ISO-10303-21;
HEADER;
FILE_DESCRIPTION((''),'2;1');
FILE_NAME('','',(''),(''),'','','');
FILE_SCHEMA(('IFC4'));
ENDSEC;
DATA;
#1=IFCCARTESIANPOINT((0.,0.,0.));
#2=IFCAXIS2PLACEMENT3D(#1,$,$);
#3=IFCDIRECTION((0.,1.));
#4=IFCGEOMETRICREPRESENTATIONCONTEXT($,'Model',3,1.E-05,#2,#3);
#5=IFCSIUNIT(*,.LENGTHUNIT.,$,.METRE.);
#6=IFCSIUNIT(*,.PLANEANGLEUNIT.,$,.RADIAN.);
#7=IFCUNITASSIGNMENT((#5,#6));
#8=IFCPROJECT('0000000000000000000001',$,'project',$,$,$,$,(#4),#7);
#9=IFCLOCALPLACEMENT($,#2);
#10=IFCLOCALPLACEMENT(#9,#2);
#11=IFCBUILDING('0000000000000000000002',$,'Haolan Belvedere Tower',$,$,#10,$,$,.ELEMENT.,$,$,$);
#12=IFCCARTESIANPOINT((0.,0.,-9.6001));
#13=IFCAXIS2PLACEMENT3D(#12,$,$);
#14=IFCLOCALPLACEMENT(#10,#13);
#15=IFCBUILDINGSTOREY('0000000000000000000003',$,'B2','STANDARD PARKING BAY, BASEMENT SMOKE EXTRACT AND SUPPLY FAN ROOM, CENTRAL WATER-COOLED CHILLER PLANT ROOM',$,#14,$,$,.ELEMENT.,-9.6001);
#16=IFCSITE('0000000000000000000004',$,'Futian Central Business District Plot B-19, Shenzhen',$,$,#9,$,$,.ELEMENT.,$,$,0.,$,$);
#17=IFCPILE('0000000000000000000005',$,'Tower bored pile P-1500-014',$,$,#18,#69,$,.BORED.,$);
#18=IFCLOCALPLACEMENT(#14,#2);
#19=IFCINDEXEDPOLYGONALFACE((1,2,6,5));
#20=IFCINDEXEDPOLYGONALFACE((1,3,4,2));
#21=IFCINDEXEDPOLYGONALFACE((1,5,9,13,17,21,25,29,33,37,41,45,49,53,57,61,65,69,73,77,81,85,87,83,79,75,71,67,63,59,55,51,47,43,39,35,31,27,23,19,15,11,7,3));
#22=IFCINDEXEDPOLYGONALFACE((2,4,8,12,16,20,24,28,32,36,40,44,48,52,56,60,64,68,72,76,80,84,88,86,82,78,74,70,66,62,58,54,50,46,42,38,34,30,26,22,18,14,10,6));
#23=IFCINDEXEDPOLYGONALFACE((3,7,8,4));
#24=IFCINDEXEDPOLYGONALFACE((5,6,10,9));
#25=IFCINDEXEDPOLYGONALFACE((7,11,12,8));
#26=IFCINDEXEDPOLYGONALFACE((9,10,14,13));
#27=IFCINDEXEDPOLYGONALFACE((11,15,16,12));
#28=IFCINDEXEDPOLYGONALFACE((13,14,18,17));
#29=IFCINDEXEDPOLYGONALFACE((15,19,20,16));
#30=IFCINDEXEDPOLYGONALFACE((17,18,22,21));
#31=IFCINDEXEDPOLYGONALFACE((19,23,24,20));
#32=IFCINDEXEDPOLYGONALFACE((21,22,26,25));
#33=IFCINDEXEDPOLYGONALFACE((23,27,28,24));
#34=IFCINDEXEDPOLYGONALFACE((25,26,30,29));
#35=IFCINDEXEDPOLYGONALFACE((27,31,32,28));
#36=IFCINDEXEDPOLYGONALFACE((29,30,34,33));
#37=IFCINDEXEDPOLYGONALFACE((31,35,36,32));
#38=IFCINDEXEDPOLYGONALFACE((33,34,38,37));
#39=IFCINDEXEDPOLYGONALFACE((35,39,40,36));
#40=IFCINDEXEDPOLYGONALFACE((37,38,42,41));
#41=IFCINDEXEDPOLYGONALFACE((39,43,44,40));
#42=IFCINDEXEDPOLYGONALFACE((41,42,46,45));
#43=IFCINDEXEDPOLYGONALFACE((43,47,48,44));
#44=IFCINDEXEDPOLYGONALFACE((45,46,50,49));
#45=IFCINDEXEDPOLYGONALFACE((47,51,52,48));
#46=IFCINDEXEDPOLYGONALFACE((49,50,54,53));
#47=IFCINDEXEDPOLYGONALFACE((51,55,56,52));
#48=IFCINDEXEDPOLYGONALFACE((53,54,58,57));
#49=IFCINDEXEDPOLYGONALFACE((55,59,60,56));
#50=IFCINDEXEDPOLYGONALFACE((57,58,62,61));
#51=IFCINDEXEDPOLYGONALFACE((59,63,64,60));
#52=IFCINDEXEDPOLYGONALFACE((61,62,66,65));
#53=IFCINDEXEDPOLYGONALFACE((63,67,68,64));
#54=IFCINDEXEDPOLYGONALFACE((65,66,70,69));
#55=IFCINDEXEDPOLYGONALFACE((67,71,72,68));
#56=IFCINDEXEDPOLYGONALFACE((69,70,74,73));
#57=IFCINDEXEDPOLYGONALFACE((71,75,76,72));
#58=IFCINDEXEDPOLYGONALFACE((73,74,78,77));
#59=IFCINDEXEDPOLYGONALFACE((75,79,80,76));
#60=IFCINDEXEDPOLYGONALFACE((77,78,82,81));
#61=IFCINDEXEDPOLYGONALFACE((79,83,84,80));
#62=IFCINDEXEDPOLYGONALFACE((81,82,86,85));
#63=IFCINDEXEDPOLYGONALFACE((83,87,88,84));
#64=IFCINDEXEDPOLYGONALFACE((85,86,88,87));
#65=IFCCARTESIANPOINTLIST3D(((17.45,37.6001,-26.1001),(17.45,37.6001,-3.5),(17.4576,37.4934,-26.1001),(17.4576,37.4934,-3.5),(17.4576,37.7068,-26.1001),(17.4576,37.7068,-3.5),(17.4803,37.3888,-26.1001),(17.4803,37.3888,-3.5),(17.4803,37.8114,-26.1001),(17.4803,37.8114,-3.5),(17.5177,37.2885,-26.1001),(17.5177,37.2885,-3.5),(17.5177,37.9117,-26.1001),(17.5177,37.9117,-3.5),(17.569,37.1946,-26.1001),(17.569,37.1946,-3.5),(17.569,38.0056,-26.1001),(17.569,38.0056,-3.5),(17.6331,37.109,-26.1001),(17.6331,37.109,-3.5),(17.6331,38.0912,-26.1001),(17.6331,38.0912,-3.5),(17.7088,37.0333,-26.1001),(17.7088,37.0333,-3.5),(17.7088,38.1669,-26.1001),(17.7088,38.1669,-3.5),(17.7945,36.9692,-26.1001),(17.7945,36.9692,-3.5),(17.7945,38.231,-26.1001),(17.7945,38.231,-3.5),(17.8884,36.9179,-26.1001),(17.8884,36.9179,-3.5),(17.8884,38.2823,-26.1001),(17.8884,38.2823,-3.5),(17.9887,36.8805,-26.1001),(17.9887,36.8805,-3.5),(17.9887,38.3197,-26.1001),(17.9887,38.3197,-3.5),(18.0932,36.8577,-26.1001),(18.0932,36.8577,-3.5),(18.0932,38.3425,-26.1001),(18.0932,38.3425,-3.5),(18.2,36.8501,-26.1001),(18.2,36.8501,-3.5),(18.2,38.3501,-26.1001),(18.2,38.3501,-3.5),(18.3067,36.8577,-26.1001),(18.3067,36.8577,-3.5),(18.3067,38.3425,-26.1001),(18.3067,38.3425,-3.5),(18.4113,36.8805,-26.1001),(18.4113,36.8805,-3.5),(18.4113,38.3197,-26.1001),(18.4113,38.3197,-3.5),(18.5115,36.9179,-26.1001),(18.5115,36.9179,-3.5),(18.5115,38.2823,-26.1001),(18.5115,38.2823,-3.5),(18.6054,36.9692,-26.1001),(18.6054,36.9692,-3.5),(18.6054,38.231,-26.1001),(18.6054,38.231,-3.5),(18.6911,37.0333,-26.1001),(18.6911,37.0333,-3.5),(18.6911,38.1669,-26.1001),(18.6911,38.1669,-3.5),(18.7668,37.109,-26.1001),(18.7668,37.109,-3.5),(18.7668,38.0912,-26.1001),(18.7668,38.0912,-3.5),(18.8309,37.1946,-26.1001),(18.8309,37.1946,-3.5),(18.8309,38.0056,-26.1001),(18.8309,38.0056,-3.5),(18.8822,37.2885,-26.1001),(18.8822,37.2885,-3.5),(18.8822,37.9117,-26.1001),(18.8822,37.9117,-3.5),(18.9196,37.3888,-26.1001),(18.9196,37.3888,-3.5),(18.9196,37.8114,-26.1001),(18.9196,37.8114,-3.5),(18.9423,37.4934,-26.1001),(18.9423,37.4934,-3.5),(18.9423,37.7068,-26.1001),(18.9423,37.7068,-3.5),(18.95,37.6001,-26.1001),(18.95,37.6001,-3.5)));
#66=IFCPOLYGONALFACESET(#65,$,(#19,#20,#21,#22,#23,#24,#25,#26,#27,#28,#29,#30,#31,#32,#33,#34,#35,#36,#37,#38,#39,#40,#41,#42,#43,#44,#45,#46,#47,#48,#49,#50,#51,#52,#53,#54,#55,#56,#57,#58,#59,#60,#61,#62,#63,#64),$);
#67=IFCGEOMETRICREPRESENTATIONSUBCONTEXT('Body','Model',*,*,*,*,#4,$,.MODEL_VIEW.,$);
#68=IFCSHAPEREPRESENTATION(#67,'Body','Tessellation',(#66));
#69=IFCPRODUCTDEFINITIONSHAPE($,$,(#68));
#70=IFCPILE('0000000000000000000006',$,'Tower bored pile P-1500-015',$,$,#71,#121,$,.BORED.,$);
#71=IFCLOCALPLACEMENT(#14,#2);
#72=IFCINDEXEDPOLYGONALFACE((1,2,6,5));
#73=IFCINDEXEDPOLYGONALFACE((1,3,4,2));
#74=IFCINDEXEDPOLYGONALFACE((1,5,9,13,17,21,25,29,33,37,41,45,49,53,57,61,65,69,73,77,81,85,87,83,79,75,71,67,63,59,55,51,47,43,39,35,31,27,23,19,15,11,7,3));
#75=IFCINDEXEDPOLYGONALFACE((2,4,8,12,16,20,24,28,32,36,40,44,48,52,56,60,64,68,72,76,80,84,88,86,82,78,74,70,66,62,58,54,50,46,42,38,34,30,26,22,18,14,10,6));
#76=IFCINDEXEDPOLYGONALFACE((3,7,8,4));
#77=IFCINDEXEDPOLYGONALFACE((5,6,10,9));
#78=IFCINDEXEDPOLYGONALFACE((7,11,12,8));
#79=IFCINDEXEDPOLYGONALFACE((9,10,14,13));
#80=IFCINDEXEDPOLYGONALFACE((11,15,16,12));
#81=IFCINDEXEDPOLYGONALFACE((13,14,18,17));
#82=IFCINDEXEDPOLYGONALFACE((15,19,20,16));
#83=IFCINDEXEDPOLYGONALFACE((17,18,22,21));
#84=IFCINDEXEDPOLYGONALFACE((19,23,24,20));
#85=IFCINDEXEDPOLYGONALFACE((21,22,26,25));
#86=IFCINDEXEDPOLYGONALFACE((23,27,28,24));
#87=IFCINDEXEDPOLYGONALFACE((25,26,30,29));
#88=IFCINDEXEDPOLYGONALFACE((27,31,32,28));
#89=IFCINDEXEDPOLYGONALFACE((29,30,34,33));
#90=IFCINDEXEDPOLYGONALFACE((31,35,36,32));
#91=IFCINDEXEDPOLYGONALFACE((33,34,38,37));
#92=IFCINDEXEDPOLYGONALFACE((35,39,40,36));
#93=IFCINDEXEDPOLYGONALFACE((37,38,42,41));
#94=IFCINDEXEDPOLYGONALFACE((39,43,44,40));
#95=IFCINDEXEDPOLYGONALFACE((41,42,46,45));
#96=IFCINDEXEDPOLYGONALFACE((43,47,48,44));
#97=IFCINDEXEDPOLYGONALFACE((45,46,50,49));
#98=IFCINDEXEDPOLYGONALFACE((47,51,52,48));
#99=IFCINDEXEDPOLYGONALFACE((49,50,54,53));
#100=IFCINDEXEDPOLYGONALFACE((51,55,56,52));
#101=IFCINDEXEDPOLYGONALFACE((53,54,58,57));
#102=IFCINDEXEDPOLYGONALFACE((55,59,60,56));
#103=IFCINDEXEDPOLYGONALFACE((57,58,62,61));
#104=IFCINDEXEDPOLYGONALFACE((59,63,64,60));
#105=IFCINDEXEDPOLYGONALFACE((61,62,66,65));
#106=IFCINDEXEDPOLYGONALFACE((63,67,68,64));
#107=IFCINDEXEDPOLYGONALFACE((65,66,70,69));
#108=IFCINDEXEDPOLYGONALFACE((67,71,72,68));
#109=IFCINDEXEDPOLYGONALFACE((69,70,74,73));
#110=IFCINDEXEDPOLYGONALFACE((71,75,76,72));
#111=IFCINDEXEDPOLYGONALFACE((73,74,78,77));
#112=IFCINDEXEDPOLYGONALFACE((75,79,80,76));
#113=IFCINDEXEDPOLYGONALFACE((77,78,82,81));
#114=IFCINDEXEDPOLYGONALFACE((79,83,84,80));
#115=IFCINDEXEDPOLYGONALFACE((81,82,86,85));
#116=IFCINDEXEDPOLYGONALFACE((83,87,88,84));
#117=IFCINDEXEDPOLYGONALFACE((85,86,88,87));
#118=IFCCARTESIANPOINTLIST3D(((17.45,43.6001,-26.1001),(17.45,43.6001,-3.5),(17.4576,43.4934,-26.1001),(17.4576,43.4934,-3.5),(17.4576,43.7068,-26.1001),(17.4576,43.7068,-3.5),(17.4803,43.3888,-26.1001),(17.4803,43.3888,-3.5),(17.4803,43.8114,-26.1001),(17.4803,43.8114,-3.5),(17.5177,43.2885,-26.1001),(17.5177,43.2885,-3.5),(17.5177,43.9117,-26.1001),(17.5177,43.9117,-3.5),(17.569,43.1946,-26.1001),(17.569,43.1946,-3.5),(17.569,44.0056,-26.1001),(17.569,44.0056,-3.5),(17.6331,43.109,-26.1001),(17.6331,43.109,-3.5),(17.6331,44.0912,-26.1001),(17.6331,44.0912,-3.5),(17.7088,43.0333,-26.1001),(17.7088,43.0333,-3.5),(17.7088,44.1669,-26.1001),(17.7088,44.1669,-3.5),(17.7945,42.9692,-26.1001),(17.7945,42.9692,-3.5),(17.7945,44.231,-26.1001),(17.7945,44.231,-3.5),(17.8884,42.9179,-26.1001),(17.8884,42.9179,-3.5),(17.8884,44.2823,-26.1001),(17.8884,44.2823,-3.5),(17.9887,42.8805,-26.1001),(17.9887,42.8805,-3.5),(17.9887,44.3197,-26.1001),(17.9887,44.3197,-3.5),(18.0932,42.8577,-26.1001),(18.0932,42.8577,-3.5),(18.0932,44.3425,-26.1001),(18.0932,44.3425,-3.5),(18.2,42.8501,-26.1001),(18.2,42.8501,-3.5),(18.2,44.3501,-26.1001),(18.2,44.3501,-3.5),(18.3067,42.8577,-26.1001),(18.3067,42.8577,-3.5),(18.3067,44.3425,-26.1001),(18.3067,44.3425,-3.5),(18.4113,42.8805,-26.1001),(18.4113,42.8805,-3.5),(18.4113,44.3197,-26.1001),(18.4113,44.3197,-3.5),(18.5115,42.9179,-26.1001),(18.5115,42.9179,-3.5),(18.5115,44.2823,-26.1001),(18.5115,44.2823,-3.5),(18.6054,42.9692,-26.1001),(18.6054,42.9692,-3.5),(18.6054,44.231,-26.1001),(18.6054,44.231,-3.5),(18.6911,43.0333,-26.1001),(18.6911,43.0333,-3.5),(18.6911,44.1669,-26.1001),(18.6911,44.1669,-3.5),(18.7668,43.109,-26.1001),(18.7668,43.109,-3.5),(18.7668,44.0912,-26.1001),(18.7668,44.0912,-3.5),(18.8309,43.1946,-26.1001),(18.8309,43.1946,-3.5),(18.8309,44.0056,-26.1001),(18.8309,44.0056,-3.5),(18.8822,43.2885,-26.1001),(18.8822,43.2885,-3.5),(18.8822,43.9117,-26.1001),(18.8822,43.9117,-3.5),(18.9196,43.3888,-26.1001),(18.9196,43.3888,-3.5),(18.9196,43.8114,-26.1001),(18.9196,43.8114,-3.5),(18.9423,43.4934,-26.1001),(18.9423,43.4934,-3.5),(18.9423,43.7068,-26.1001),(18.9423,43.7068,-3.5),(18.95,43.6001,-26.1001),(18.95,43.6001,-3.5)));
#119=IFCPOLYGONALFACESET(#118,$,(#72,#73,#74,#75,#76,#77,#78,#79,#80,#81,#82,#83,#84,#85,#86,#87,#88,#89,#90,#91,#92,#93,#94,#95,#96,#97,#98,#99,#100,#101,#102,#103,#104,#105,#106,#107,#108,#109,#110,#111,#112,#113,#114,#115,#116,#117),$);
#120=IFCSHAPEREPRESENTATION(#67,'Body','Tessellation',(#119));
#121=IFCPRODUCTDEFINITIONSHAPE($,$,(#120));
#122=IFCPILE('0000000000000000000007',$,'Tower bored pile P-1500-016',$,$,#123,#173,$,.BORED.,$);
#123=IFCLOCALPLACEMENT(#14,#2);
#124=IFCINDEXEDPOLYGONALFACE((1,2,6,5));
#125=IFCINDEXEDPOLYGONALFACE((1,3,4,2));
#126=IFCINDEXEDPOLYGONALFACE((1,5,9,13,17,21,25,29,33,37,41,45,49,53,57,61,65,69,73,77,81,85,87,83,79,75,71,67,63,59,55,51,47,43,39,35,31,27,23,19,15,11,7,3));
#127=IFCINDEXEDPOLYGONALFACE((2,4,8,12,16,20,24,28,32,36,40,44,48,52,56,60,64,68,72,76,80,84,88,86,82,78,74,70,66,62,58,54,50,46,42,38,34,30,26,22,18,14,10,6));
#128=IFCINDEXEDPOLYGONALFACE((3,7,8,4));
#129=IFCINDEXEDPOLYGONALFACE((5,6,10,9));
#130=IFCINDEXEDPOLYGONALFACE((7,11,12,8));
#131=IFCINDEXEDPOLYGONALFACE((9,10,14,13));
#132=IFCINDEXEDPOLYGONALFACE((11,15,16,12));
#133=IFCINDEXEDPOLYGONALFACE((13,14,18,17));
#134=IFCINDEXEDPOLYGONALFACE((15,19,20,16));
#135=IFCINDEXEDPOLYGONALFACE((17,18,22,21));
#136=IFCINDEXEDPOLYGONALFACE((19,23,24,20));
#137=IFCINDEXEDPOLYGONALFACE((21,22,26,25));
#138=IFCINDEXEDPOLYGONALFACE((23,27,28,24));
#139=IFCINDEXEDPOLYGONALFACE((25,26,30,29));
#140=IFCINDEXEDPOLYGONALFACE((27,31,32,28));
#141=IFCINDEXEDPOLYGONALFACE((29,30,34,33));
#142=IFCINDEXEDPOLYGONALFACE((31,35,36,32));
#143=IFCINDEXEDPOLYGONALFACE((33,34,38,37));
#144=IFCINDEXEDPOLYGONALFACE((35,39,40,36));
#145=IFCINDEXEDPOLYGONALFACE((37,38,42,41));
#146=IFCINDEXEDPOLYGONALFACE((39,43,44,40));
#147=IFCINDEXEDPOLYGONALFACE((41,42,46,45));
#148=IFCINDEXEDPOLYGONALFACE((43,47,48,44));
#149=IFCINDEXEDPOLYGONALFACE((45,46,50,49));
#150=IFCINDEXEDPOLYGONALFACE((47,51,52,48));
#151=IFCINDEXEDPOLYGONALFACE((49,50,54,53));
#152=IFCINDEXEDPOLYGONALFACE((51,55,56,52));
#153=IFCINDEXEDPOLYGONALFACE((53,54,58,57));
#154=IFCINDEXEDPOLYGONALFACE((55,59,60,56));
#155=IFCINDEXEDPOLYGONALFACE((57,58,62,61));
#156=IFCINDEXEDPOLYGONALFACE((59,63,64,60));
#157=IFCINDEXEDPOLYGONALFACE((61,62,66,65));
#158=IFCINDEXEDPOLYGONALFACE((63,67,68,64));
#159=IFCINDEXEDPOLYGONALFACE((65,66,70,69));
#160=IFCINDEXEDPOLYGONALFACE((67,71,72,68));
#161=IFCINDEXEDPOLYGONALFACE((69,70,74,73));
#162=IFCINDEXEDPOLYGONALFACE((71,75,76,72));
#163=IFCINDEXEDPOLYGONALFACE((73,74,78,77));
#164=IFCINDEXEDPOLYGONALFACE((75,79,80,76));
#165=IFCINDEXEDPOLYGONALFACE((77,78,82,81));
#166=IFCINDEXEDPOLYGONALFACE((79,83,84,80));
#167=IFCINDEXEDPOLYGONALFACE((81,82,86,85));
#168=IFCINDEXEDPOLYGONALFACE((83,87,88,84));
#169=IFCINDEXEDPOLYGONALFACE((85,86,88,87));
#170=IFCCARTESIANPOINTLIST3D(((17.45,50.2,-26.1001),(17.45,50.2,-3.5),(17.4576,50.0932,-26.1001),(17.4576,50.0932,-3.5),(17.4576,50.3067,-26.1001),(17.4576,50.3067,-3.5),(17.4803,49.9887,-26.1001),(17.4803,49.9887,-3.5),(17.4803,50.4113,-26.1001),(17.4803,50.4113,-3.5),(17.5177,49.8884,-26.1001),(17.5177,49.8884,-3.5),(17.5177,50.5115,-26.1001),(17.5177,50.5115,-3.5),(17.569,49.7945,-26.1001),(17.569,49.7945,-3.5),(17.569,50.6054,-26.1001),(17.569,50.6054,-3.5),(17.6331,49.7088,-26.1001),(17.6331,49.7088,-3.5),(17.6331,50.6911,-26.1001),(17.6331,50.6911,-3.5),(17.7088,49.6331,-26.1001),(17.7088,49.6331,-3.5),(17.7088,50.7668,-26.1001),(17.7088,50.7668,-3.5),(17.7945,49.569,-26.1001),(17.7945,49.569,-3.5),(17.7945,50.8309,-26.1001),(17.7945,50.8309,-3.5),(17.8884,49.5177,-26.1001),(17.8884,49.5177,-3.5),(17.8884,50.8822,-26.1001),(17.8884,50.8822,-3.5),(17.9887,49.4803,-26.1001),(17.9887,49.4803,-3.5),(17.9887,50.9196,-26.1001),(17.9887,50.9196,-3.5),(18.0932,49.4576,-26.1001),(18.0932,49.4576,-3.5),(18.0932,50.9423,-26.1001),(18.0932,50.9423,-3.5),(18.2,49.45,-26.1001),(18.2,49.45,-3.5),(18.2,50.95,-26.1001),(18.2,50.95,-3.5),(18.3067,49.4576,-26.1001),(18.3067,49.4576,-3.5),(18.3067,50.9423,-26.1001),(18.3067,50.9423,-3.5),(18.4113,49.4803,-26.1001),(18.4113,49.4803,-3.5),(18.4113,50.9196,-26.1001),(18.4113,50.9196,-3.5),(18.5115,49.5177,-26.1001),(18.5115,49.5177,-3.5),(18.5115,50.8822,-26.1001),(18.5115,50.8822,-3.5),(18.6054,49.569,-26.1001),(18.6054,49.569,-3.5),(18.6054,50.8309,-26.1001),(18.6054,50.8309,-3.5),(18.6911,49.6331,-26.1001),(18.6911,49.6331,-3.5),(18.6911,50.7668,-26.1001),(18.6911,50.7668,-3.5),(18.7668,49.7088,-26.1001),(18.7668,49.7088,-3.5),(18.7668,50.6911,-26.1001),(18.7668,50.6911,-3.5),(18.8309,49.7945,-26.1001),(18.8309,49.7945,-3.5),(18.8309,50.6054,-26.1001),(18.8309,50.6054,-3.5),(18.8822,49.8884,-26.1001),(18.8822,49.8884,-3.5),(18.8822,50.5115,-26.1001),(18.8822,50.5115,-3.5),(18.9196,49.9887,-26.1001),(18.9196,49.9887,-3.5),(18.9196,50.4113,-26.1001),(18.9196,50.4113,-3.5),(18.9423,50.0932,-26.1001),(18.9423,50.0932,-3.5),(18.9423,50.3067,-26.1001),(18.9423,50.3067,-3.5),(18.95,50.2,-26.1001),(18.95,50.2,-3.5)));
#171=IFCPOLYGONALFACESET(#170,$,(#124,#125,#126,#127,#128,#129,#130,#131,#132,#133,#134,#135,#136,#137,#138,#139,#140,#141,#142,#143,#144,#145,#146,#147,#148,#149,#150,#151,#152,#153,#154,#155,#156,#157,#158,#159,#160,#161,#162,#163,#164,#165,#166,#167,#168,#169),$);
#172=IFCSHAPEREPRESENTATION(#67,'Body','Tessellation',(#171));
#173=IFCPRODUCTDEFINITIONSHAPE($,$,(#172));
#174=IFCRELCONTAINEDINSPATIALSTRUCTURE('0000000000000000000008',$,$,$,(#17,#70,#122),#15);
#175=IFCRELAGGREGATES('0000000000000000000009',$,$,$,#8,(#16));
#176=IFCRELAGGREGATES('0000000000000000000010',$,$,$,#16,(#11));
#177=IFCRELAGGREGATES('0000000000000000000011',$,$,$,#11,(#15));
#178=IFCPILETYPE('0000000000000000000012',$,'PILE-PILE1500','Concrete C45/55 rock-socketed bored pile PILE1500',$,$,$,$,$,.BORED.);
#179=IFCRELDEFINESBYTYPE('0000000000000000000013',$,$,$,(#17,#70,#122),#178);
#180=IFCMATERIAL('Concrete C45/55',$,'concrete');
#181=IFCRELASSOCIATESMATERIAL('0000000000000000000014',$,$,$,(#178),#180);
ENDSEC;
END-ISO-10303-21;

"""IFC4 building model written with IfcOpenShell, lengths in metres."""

from ifc_helpers import new_model, si_unit, direction, frame, origin, origin_2d, place, context, subcontext, project, spatial, circle, extrude, material, material_profile, profile_set, type_object, element, save


model = new_model("IFC4")

# Units and contexts
model_context = context("Model", 3, precision=1e-05, world=origin(), true_north=direction((0.0, 1.0)))
body_context = subcontext(model_context, "Body", "Model", "MODEL_VIEW")
ifc_project = project(units=[si_unit("LENGTHUNIT", "METRE"), si_unit("PLANEANGLEUNIT", "RADIAN")], contexts=[model_context])

# Site, building, storey
site_placement = place(None, origin())
site = spatial("IfcSite", under=ifc_project, at=site_placement, Name="Futian Central Business District Plot B-19, Shenzhen", CompositionType="ELEMENT", RefElevation=0.0)
building_placement = place(site_placement, origin())
building = spatial("IfcBuilding", under=site, at=building_placement, Name="Haolan Belvedere Tower", CompositionType="ELEMENT")
storey_placement = place(building_placement, frame((0.0, 0.0, -9.6001)))
storey = spatial("IfcBuildingStorey", under=building, at=storey_placement, Name="B2", Description="STANDARD PARKING BAY, BASEMENT SMOKE EXTRACT AND SUPPLY FAN ROOM, CENTRAL WATER-COOLED CHILLER PLANT ROOM", CompositionType="ELEMENT", Elevation=-9.6001)

# Piles
ifc_material_1 = material(Name="Concrete C45/55", Category="concrete")
ifc_material_profile_1 = material_profile(ifc_material_1, circle(Radius=0.75, at=origin_2d()), Name="Concrete C45/55")
ifc_profile_set_1 = profile_set([ifc_material_profile_1], Name="Concrete C45/55")
pile_type_1 = type_object("IfcPileType", Name="PILE-PILE1500", Description="Concrete C45/55 rock-socketed bored pile PILE1500", PredefinedType="BORED", material=ifc_profile_set_1)
for number, where, z_axis, x_axis, name in (
    (1, (18.2, 37.6001, -3.5), (0.0, 0.0, -1.0), (1.0, 0.0, 0.0), "Tower bored pile P-1500-014"),
    (2, (18.2, 43.6001, -3.5), (0.0, 0.0, -1.0), (1.0, 0.0, 0.0), "Tower bored pile P-1500-015"),
    (3, (18.2, 50.2, -3.5), (0.0, 0.0, -1.0), (1.0, 0.0, 0.0), "Tower bored pile P-1500-016"),
):
    element("IfcPile", number, at=place(storey_placement, frame(where, z_axis=z_axis, x_axis=x_axis)), inside=storey, type_object=pile_type_1, Name=name, PredefinedType="BORED", context=body_context, shape_type="SweptSolid", body=[
        extrude(circle(Radius=0.75, at=origin_2d()), origin(), (0.0, 0.0, 1.0), 22.6001),
    ])

save(model, "model.ifc")
